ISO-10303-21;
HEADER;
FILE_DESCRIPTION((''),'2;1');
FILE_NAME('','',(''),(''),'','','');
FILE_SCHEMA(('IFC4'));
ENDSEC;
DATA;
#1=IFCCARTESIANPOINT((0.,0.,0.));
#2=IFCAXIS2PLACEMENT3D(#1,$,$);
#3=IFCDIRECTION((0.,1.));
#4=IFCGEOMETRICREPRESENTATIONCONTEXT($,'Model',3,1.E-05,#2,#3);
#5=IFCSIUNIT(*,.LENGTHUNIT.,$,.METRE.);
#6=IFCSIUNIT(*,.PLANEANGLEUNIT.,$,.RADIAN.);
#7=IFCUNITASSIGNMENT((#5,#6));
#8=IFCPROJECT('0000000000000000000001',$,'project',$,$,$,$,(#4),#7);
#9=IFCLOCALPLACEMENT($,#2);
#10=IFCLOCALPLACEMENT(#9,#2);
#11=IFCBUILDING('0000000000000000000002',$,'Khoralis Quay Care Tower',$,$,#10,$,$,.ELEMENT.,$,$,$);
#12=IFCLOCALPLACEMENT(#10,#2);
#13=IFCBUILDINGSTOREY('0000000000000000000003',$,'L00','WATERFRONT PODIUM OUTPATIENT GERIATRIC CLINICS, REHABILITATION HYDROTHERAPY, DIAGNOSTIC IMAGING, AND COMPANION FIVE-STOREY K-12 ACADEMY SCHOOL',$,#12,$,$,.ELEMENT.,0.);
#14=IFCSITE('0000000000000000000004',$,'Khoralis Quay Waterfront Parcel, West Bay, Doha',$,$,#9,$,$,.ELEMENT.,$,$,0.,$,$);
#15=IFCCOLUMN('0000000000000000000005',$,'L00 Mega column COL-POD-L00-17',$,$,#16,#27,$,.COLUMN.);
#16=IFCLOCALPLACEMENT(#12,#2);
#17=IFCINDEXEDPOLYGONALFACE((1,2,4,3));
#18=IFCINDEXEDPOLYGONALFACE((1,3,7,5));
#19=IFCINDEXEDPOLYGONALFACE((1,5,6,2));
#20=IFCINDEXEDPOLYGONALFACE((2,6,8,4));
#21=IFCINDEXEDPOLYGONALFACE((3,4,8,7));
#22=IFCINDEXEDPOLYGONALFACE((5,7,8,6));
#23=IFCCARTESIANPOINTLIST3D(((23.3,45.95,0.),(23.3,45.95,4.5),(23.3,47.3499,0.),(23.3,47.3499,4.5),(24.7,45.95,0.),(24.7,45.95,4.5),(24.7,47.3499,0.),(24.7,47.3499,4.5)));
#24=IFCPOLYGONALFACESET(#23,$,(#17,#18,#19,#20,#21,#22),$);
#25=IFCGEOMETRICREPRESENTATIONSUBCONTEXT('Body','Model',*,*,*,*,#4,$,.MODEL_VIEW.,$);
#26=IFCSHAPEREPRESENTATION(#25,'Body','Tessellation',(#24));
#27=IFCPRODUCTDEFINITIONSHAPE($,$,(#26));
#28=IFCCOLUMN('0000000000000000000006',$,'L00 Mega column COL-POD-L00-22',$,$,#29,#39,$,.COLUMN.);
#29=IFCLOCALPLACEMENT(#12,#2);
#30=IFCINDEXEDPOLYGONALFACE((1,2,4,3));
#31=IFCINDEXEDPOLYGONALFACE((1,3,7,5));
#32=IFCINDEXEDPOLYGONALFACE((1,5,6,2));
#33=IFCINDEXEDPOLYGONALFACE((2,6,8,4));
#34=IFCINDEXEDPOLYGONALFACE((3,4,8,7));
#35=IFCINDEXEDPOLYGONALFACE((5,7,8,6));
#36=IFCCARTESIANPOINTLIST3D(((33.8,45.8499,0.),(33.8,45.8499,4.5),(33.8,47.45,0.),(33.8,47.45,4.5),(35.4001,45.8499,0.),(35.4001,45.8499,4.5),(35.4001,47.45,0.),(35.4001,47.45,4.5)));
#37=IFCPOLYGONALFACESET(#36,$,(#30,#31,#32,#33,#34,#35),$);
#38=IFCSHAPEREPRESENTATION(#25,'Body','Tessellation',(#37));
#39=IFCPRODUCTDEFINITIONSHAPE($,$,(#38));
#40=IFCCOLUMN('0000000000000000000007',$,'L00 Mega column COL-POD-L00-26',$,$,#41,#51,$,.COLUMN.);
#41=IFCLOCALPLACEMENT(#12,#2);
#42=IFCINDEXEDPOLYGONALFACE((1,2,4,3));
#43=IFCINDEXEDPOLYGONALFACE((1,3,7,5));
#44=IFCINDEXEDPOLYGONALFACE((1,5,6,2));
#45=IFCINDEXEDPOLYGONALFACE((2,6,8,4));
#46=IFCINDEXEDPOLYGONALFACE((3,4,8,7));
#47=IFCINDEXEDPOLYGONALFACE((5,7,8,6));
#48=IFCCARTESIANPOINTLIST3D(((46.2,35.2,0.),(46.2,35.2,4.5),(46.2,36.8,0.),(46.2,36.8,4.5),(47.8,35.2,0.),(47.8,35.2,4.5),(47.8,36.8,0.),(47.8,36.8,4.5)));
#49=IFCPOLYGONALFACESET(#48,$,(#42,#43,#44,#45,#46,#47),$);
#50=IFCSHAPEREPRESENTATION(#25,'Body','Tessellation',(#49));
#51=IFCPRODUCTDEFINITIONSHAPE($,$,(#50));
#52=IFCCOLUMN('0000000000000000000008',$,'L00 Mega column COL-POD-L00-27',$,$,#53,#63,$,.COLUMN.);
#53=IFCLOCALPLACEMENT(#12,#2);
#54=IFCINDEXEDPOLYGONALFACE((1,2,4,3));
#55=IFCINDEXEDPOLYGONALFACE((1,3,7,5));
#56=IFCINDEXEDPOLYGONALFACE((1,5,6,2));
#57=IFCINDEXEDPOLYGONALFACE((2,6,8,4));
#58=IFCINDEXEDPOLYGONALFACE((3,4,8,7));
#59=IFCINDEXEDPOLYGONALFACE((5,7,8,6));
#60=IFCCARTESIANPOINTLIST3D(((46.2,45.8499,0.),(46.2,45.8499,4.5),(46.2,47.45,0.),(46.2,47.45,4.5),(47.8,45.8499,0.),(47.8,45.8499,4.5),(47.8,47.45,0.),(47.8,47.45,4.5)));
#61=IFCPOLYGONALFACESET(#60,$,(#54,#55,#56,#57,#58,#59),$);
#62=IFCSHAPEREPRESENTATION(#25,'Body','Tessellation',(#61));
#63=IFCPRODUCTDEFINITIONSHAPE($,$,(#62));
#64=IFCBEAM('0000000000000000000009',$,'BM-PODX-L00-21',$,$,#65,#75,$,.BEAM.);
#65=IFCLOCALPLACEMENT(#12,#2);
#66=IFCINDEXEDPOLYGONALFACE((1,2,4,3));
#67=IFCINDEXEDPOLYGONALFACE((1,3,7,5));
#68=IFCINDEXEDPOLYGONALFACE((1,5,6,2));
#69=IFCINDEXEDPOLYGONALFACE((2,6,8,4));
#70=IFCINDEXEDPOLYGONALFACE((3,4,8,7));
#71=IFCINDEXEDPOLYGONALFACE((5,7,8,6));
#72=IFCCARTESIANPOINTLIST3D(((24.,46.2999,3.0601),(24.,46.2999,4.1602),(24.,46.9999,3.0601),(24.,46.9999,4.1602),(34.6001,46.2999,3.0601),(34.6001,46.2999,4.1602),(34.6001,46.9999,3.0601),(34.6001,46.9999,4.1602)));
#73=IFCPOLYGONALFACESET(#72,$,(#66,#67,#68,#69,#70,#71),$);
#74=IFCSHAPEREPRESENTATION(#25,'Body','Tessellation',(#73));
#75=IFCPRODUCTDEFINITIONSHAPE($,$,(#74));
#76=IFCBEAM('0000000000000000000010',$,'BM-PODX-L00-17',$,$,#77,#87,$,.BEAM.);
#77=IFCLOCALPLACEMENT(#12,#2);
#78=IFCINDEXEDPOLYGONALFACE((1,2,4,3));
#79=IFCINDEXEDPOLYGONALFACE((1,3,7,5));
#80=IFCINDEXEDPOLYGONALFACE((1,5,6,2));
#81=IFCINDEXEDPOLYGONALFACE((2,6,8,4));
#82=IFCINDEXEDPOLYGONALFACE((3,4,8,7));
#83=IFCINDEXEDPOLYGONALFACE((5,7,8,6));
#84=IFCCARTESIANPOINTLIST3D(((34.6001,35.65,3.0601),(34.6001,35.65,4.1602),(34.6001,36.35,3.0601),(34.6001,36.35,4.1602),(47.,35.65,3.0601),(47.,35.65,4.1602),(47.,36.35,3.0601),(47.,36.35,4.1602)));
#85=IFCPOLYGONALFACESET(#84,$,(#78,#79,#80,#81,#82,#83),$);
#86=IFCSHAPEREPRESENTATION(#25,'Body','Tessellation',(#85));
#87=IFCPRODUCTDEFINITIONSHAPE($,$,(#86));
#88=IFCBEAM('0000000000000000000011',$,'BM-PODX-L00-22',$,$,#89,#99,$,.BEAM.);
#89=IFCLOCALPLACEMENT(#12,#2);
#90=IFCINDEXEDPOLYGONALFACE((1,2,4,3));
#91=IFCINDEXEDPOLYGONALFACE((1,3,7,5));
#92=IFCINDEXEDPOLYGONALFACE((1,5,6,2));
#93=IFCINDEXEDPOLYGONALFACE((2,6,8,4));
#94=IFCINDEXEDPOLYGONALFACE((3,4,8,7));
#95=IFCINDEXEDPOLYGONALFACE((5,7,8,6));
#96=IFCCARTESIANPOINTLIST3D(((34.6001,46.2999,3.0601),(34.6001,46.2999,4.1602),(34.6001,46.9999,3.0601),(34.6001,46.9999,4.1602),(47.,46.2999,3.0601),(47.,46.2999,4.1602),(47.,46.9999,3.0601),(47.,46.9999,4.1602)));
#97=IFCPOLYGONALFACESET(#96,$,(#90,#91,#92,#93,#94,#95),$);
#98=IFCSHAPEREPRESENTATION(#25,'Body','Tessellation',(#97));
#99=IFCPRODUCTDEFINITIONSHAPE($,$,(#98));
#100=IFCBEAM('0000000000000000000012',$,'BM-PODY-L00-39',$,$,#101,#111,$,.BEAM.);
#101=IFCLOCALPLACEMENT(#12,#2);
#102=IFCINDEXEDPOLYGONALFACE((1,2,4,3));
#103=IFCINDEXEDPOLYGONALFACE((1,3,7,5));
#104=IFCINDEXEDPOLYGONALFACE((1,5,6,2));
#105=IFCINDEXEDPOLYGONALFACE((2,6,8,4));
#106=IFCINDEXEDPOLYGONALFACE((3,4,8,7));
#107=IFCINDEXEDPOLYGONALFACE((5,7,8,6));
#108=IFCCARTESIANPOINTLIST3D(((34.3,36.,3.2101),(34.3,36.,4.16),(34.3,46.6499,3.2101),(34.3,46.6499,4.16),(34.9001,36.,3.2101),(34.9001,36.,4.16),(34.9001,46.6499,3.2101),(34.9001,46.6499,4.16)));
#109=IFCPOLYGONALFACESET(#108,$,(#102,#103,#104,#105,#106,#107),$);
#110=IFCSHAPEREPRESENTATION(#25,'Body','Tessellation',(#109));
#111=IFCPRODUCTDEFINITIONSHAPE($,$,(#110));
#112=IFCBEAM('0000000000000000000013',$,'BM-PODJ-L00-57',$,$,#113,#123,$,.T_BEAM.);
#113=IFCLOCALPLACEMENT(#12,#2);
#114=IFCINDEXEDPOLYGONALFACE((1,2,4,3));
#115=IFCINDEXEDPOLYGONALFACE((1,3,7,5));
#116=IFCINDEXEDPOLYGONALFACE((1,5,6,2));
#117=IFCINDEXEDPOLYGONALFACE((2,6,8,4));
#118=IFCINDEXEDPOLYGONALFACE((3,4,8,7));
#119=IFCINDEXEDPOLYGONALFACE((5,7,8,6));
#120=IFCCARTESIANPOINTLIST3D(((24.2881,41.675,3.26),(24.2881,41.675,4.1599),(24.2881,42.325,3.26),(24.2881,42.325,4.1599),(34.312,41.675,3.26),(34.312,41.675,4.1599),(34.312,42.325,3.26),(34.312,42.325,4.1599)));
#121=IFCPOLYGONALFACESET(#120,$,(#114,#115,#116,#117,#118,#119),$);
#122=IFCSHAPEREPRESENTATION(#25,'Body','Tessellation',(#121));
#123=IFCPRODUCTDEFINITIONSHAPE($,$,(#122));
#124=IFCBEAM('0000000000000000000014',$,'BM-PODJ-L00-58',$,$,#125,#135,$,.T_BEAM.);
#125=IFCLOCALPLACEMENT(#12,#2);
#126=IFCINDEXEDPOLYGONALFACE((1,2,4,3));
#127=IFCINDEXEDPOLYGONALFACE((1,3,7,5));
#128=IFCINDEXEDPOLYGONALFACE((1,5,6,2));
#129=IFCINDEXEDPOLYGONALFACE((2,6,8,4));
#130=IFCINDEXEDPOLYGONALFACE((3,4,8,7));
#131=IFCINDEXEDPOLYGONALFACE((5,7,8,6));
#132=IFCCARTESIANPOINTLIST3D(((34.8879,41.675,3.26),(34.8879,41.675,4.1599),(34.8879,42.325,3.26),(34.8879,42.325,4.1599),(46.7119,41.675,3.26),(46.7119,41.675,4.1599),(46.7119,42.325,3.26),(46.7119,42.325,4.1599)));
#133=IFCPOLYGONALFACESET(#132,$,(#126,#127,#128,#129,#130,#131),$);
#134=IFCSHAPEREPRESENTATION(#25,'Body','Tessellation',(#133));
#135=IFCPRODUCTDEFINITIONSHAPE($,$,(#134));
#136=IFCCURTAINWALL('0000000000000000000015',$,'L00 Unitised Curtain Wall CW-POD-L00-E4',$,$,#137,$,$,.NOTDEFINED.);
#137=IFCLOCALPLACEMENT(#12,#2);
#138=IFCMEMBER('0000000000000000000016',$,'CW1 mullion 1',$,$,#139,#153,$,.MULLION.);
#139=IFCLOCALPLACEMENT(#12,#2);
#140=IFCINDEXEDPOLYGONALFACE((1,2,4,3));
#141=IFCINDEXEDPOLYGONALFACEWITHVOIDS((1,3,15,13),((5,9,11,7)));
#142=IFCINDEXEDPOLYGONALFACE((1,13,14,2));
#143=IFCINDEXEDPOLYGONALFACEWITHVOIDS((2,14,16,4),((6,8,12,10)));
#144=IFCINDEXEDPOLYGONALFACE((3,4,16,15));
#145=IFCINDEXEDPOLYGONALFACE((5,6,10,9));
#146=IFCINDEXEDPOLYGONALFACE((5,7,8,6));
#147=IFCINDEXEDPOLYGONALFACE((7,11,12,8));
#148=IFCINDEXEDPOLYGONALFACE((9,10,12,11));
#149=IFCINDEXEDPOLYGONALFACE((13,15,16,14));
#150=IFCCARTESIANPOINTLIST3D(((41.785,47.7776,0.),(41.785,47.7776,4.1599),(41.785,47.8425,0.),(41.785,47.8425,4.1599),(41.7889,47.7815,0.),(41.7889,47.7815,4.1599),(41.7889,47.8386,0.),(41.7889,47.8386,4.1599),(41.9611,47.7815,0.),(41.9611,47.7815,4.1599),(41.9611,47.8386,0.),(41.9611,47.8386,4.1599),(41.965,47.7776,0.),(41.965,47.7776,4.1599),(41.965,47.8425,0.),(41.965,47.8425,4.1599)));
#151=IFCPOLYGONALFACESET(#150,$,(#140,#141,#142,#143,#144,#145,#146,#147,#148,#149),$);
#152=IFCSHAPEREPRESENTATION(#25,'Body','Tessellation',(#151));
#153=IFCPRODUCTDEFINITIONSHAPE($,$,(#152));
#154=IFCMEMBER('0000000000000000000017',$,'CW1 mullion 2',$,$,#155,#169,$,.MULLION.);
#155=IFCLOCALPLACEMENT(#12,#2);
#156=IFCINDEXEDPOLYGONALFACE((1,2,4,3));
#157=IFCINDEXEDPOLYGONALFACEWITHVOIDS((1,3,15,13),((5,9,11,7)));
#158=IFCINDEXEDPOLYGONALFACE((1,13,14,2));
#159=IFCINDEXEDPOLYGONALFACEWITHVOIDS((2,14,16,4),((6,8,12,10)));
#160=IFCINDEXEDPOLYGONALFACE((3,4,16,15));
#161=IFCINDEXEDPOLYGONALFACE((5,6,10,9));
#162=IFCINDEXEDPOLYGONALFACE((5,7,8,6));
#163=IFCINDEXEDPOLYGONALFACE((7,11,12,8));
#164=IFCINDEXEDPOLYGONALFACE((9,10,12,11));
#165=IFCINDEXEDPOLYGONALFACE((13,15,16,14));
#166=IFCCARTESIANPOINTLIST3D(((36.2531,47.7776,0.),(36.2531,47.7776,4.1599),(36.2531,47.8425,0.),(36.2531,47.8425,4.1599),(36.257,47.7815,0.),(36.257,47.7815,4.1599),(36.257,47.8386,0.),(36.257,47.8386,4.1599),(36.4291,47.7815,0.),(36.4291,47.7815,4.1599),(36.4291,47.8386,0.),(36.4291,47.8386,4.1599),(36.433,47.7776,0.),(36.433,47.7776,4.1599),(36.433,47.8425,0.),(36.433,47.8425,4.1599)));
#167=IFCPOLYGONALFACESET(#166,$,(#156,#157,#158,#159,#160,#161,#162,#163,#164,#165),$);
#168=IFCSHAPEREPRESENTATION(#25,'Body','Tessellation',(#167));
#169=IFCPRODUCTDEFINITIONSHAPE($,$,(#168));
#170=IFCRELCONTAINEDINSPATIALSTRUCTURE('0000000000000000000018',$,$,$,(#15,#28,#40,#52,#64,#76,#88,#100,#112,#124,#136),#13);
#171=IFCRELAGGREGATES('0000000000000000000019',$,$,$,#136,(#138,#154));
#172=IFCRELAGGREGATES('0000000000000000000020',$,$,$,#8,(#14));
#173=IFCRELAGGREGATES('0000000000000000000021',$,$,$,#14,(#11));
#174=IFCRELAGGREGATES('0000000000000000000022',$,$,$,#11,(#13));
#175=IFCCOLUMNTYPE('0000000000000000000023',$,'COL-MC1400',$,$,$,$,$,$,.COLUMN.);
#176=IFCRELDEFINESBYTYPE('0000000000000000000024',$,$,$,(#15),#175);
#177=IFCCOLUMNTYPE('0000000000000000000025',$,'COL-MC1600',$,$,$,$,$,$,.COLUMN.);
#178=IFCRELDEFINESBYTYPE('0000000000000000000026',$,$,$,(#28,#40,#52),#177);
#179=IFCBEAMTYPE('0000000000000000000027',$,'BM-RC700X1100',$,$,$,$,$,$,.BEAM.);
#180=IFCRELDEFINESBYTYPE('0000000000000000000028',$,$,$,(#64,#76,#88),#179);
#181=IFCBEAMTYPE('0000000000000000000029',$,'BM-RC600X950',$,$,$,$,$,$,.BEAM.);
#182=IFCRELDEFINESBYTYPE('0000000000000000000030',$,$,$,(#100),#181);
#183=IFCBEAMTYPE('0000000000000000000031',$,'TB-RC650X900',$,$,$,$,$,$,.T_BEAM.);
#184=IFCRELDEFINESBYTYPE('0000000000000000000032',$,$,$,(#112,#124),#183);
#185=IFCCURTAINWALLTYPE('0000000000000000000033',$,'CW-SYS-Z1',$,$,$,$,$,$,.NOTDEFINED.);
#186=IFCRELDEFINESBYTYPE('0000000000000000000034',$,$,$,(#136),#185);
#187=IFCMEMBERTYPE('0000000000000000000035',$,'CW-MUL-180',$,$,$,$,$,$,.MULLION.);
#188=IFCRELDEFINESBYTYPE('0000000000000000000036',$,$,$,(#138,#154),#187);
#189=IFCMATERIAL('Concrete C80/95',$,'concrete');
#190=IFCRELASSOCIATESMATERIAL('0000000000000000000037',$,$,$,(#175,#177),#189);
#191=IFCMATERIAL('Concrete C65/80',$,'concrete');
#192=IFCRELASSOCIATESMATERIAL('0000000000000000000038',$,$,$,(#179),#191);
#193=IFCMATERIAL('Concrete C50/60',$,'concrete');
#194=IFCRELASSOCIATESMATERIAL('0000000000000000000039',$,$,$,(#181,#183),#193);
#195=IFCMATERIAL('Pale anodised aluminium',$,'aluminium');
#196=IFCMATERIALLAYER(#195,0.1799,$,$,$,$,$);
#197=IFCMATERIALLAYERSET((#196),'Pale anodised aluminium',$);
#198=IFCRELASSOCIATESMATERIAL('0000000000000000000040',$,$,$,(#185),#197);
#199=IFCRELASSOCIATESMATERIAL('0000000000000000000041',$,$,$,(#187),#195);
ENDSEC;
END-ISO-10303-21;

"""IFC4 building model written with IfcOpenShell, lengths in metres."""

from ifc_helpers import new_model, si_unit, direction, frame, origin, origin_2d, place, context, subcontext, project, spatial, rectangle, hollow_rectangle, extrude, source, transform, mapped, material, layer, layer_set, material_profile, profile_set, type_object, element, aggregate, save


model = new_model("IFC4")

# Units and contexts
model_context = context("Model", 3, precision=1e-05, world=origin(), true_north=direction((0.0, 1.0)))
body_context = subcontext(model_context, "Body", "Model", "MODEL_VIEW")
ifc_project = project(units=[si_unit("LENGTHUNIT", "METRE"), si_unit("PLANEANGLEUNIT", "RADIAN")], contexts=[model_context])

# Site, building, storey
site_placement = place(None, origin())
site = spatial("IfcSite", under=ifc_project, at=site_placement, Name="Khoralis Quay Waterfront Parcel, West Bay, Doha", CompositionType="ELEMENT", RefElevation=0.0)
building_placement = place(site_placement, origin())
building = spatial("IfcBuilding", under=site, at=building_placement, Name="Khoralis Quay Care Tower", CompositionType="ELEMENT")
storey_placement = place(building_placement, origin())
storey = spatial("IfcBuildingStorey", under=building, at=storey_placement, Name="L00", Description="WATERFRONT PODIUM OUTPATIENT GERIATRIC CLINICS, REHABILITATION HYDROTHERAPY, DIAGNOSTIC IMAGING, AND COMPANION FIVE-STOREY K-12 ACADEMY SCHOOL", CompositionType="ELEMENT", Elevation=0.0)

# Columns
ifc_material_1 = material(Name="Concrete C80/95", Category="concrete")
ifc_material_profile_1 = material_profile(ifc_material_1, rectangle(XDim=1.3999, YDim=1.3999, at=origin_2d()), Name="Concrete C80/95")
ifc_profile_set_1 = profile_set([ifc_material_profile_1], Name="Concrete C80/95")
column_type_1 = type_object("IfcColumnType", Name="COL-MC1400", PredefinedType="COLUMN", material=ifc_profile_set_1)
shared_shape_1 = source(origin(), body_context, "Body", "SweptSolid", [
    extrude(rectangle(XDim=1.3999, YDim=1.3999, at=origin_2d()), origin(), (0.0, 0.0, 1.0), 4.5),
])
column_placement = place(storey_placement, frame((24.0, 46.6499, 0.0), z_axis=(0.0, 0.0, 1.0), x_axis=(1.0, 0.0, 0.0)))
element("IfcColumn", 1, at=column_placement, inside=storey, type_object=column_type_1, Name="L00 Mega column COL-POD-L00-17", PredefinedType="COLUMN", context=body_context, shape_type="MappedRepresentation", body=[
    mapped(shared_shape_1, transform((0.0, 0.0, 0.0), scale=1.0)),
])
ifc_material_profile_2 = material_profile(ifc_material_1, rectangle(XDim=1.6001, YDim=1.6001, at=origin_2d()), Name="Concrete C80/95")
ifc_profile_set_2 = profile_set([ifc_material_profile_2], Name="Concrete C80/95")
column_type_2 = type_object("IfcColumnType", Name="COL-MC1600", PredefinedType="COLUMN", material=ifc_profile_set_2)
shared_shape_2 = source(origin(), body_context, "Body", "SweptSolid", [
    extrude(rectangle(XDim=1.6001, YDim=1.6001, at=origin_2d()), origin(), (0.0, 0.0, 1.0), 4.5),
])
for number, where, z_axis, x_axis, name in (
    (2, (34.6001, 46.6499, 0.0), (0.0, 0.0, 1.0), (1.0, 0.0, 0.0), "L00 Mega column COL-POD-L00-22"),
    (3, (47.0, 36.0, 0.0), (0.0, 0.0, 1.0), (1.0, 0.0, 0.0), "L00 Mega column COL-POD-L00-26"),
    (4, (47.0, 46.6499, 0.0), (0.0, 0.0, 1.0), (1.0, 0.0, 0.0), "L00 Mega column COL-POD-L00-27"),
):
    element("IfcColumn", number, at=place(storey_placement, frame(where, z_axis=z_axis, x_axis=x_axis)), inside=storey, type_object=column_type_2, Name=name, PredefinedType="COLUMN", context=body_context, shape_type="MappedRepresentation", body=[
        mapped(shared_shape_2, transform((0.0, 0.0, 0.0), scale=1.0)),
    ])

# Beams
ifc_material_2 = material(Name="Concrete C65/80", Category="concrete")
ifc_material_profile_3 = material_profile(ifc_material_2, rectangle(XDim=0.7, YDim=1.1001, at=origin_2d()), Name="Concrete C65/80")
ifc_profile_set_3 = profile_set([ifc_material_profile_3], Name="Concrete C65/80")
beam_type_1 = type_object("IfcBeamType", Name="BM-RC700X1100", PredefinedType="BEAM", material=ifc_profile_set_3)
shared_shape_3 = source(origin(), body_context, "Body", "SweptSolid", [
    extrude(rectangle(XDim=0.7, YDim=1.1001, at=origin_2d()), origin(), (0.0, 0.0, 1.0), 10.6001),
])
beam_1_placement = place(storey_placement, frame((24.0, 46.6499, 3.6101), z_axis=(1.0, 0.0, 0.0), x_axis=(0.0, 1.0, 0.0)))
element("IfcBeam", 5, at=beam_1_placement, inside=storey, type_object=beam_type_1, Name="BM-PODX-L00-21", PredefinedType="BEAM", context=body_context, shape_type="MappedRepresentation", body=[
    mapped(shared_shape_3, transform((0.0, 0.0, 0.0), scale=1.0)),
])
shared_shape_4 = source(origin(), body_context, "Body", "SweptSolid", [
    extrude(rectangle(XDim=0.7, YDim=1.1001, at=origin_2d()), origin(), (0.0, 0.0, 1.0), 12.3999),
])
for number, where, z_axis, x_axis, name in (
    (6, (34.6001, 36.0, 3.6101), (1.0, 0.0, 0.0), (0.0, 1.0, 0.0), "BM-PODX-L00-17"),
    (7, (34.6001, 46.6499, 3.6101), (1.0, 0.0, 0.0), (0.0, 1.0, 0.0), "BM-PODX-L00-22"),
):
    element("IfcBeam", number, at=place(storey_placement, frame(where, z_axis=z_axis, x_axis=x_axis)), inside=storey, type_object=beam_type_1, Name=name, PredefinedType="BEAM", context=body_context, shape_type="MappedRepresentation", body=[
        mapped(shared_shape_4, transform((0.0, 0.0, 0.0), scale=1.0)),
    ])
ifc_material_3 = material(Name="Concrete C50/60", Category="concrete")
ifc_material_profile_4 = material_profile(ifc_material_3, rectangle(XDim=0.6001, YDim=0.95, at=origin_2d()), Name="Concrete C50/60")
ifc_profile_set_4 = profile_set([ifc_material_profile_4], Name="Concrete C50/60")
beam_type_2 = type_object("IfcBeamType", Name="BM-RC600X950", PredefinedType="BEAM", material=ifc_profile_set_4)
shared_shape_5 = source(origin(), body_context, "Body", "SweptSolid", [
    extrude(rectangle(XDim=0.6001, YDim=0.95, at=origin_2d()), origin(), (0.0, 0.0, 1.0), 10.6499),
])
beam_2_placement = place(storey_placement, frame((34.6001, 36.0, 3.6851), z_axis=(0.0, 1.0, 0.0), x_axis=(-1.0, 0.0, 0.0)))
element("IfcBeam", 8, at=beam_2_placement, inside=storey, type_object=beam_type_2, Name="BM-PODY-L00-39", PredefinedType="BEAM", context=body_context, shape_type="MappedRepresentation", body=[
    mapped(shared_shape_5, transform((0.0, 0.0, 0.0), scale=1.0)),
])
ifc_material_profile_5 = material_profile(ifc_material_3, rectangle(XDim=0.6499, YDim=0.8999, at=origin_2d()), Name="Concrete C50/60")
ifc_profile_set_5 = profile_set([ifc_material_profile_5], Name="Concrete C50/60")
beam_type_3 = type_object("IfcBeamType", Name="TB-RC650X900", PredefinedType="T_BEAM", material=ifc_profile_set_5)
shared_shape_6 = source(origin(), body_context, "Body", "SweptSolid", [
    extrude(rectangle(XDim=0.6499, YDim=0.8999, at=origin_2d()), origin(), (0.0, 0.0, 1.0), 10.0239),
])
beam_3_placement = place(storey_placement, frame((24.2881, 42.0, 3.71), z_axis=(1.0, 0.0, 0.0), x_axis=(0.0, 1.0, 0.0)))
element("IfcBeam", 9, at=beam_3_placement, inside=storey, type_object=beam_type_3, Name="BM-PODJ-L00-57", PredefinedType="T_BEAM", context=body_context, shape_type="MappedRepresentation", body=[
    mapped(shared_shape_6, transform((0.0, 0.0, 0.0), scale=1.0)),
])
shared_shape_7 = source(origin(), body_context, "Body", "SweptSolid", [
    extrude(rectangle(XDim=0.6499, YDim=0.8999, at=origin_2d()), origin(), (0.0, 0.0, 1.0), 11.824),
])
beam_4_placement = place(storey_placement, frame((34.8879, 42.0, 3.71), z_axis=(1.0, 0.0, 0.0), x_axis=(0.0, 1.0, 0.0)))
element("IfcBeam", 10, at=beam_4_placement, inside=storey, type_object=beam_type_3, Name="BM-PODJ-L00-58", PredefinedType="T_BEAM", context=body_context, shape_type="MappedRepresentation", body=[
    mapped(shared_shape_7, transform((0.0, 0.0, 0.0), scale=1.0)),
])

# Curtain wall, members
ifc_material_4 = material(Name="Pale anodised aluminium", Category="aluminium")
ifc_layer_1 = layer(ifc_material_4, 0.1799)
ifc_layer_set_1 = layer_set([ifc_layer_1], Name="Pale anodised aluminium")
curtain_wall_type = type_object("IfcCurtainWallType", Name="CW-SYS-Z1", PredefinedType="NOTDEFINED", material=ifc_layer_set_1)
curtain_wall_placement = place(storey_placement, origin())
curtain_wall = element("IfcCurtainWall", 11, at=curtain_wall_placement, inside=storey, type_object=curtain_wall_type, Name="L00 Unitised Curtain Wall CW-POD-L00-E4", PredefinedType="NOTDEFINED")
ifc_material_profile_6 = material_profile(ifc_material_4, hollow_rectangle(XDim=0.0649, YDim=0.1799, WallThickness=0.0039, at=origin_2d()), Name="Pale anodised aluminium")
ifc_profile_set_6 = profile_set([ifc_material_profile_6], Name="Pale anodised aluminium")
member_type_1 = type_object("IfcMemberType", Name="CW-MUL-180", PredefinedType="MULLION", material=ifc_profile_set_6)
shared_shape_8 = source(origin(), body_context, "Body", "SweptSolid", [
    extrude(hollow_rectangle(XDim=0.0649, YDim=0.1799, WallThickness=0.0039, at=origin_2d()), origin(), (0.0, 0.0, 1.0), 4.1599),
])
member_1_placement = place(storey_placement, frame((41.875, 47.8101, 0.0), z_axis=(0.0, 0.0, 1.0), x_axis=(0.0, -1.0, 0.0)))
member_1 = element("IfcMember", 12, at=member_1_placement, type_object=member_type_1, Name="CW1 mullion 1", PredefinedType="MULLION", context=body_context, shape_type="MappedRepresentation", body=[
    mapped(shared_shape_8, transform((0.0, 0.0, 0.0), scale=1.0)),
])
member_2_placement = place(storey_placement, frame((36.343, 47.8101, 0.0), z_axis=(0.0, 0.0, 1.0), x_axis=(0.0, -1.0, 0.0)))
member_2 = element("IfcMember", 13, at=member_2_placement, type_object=member_type_1, Name="CW1 mullion 2", PredefinedType="MULLION", context=body_context, shape_type="MappedRepresentation", body=[
    mapped(shared_shape_8, transform((0.0, 0.0, 0.0), scale=1.0)),
])
aggregate(curtain_wall, [member_1, member_2])

save(model, "model.ifc")
